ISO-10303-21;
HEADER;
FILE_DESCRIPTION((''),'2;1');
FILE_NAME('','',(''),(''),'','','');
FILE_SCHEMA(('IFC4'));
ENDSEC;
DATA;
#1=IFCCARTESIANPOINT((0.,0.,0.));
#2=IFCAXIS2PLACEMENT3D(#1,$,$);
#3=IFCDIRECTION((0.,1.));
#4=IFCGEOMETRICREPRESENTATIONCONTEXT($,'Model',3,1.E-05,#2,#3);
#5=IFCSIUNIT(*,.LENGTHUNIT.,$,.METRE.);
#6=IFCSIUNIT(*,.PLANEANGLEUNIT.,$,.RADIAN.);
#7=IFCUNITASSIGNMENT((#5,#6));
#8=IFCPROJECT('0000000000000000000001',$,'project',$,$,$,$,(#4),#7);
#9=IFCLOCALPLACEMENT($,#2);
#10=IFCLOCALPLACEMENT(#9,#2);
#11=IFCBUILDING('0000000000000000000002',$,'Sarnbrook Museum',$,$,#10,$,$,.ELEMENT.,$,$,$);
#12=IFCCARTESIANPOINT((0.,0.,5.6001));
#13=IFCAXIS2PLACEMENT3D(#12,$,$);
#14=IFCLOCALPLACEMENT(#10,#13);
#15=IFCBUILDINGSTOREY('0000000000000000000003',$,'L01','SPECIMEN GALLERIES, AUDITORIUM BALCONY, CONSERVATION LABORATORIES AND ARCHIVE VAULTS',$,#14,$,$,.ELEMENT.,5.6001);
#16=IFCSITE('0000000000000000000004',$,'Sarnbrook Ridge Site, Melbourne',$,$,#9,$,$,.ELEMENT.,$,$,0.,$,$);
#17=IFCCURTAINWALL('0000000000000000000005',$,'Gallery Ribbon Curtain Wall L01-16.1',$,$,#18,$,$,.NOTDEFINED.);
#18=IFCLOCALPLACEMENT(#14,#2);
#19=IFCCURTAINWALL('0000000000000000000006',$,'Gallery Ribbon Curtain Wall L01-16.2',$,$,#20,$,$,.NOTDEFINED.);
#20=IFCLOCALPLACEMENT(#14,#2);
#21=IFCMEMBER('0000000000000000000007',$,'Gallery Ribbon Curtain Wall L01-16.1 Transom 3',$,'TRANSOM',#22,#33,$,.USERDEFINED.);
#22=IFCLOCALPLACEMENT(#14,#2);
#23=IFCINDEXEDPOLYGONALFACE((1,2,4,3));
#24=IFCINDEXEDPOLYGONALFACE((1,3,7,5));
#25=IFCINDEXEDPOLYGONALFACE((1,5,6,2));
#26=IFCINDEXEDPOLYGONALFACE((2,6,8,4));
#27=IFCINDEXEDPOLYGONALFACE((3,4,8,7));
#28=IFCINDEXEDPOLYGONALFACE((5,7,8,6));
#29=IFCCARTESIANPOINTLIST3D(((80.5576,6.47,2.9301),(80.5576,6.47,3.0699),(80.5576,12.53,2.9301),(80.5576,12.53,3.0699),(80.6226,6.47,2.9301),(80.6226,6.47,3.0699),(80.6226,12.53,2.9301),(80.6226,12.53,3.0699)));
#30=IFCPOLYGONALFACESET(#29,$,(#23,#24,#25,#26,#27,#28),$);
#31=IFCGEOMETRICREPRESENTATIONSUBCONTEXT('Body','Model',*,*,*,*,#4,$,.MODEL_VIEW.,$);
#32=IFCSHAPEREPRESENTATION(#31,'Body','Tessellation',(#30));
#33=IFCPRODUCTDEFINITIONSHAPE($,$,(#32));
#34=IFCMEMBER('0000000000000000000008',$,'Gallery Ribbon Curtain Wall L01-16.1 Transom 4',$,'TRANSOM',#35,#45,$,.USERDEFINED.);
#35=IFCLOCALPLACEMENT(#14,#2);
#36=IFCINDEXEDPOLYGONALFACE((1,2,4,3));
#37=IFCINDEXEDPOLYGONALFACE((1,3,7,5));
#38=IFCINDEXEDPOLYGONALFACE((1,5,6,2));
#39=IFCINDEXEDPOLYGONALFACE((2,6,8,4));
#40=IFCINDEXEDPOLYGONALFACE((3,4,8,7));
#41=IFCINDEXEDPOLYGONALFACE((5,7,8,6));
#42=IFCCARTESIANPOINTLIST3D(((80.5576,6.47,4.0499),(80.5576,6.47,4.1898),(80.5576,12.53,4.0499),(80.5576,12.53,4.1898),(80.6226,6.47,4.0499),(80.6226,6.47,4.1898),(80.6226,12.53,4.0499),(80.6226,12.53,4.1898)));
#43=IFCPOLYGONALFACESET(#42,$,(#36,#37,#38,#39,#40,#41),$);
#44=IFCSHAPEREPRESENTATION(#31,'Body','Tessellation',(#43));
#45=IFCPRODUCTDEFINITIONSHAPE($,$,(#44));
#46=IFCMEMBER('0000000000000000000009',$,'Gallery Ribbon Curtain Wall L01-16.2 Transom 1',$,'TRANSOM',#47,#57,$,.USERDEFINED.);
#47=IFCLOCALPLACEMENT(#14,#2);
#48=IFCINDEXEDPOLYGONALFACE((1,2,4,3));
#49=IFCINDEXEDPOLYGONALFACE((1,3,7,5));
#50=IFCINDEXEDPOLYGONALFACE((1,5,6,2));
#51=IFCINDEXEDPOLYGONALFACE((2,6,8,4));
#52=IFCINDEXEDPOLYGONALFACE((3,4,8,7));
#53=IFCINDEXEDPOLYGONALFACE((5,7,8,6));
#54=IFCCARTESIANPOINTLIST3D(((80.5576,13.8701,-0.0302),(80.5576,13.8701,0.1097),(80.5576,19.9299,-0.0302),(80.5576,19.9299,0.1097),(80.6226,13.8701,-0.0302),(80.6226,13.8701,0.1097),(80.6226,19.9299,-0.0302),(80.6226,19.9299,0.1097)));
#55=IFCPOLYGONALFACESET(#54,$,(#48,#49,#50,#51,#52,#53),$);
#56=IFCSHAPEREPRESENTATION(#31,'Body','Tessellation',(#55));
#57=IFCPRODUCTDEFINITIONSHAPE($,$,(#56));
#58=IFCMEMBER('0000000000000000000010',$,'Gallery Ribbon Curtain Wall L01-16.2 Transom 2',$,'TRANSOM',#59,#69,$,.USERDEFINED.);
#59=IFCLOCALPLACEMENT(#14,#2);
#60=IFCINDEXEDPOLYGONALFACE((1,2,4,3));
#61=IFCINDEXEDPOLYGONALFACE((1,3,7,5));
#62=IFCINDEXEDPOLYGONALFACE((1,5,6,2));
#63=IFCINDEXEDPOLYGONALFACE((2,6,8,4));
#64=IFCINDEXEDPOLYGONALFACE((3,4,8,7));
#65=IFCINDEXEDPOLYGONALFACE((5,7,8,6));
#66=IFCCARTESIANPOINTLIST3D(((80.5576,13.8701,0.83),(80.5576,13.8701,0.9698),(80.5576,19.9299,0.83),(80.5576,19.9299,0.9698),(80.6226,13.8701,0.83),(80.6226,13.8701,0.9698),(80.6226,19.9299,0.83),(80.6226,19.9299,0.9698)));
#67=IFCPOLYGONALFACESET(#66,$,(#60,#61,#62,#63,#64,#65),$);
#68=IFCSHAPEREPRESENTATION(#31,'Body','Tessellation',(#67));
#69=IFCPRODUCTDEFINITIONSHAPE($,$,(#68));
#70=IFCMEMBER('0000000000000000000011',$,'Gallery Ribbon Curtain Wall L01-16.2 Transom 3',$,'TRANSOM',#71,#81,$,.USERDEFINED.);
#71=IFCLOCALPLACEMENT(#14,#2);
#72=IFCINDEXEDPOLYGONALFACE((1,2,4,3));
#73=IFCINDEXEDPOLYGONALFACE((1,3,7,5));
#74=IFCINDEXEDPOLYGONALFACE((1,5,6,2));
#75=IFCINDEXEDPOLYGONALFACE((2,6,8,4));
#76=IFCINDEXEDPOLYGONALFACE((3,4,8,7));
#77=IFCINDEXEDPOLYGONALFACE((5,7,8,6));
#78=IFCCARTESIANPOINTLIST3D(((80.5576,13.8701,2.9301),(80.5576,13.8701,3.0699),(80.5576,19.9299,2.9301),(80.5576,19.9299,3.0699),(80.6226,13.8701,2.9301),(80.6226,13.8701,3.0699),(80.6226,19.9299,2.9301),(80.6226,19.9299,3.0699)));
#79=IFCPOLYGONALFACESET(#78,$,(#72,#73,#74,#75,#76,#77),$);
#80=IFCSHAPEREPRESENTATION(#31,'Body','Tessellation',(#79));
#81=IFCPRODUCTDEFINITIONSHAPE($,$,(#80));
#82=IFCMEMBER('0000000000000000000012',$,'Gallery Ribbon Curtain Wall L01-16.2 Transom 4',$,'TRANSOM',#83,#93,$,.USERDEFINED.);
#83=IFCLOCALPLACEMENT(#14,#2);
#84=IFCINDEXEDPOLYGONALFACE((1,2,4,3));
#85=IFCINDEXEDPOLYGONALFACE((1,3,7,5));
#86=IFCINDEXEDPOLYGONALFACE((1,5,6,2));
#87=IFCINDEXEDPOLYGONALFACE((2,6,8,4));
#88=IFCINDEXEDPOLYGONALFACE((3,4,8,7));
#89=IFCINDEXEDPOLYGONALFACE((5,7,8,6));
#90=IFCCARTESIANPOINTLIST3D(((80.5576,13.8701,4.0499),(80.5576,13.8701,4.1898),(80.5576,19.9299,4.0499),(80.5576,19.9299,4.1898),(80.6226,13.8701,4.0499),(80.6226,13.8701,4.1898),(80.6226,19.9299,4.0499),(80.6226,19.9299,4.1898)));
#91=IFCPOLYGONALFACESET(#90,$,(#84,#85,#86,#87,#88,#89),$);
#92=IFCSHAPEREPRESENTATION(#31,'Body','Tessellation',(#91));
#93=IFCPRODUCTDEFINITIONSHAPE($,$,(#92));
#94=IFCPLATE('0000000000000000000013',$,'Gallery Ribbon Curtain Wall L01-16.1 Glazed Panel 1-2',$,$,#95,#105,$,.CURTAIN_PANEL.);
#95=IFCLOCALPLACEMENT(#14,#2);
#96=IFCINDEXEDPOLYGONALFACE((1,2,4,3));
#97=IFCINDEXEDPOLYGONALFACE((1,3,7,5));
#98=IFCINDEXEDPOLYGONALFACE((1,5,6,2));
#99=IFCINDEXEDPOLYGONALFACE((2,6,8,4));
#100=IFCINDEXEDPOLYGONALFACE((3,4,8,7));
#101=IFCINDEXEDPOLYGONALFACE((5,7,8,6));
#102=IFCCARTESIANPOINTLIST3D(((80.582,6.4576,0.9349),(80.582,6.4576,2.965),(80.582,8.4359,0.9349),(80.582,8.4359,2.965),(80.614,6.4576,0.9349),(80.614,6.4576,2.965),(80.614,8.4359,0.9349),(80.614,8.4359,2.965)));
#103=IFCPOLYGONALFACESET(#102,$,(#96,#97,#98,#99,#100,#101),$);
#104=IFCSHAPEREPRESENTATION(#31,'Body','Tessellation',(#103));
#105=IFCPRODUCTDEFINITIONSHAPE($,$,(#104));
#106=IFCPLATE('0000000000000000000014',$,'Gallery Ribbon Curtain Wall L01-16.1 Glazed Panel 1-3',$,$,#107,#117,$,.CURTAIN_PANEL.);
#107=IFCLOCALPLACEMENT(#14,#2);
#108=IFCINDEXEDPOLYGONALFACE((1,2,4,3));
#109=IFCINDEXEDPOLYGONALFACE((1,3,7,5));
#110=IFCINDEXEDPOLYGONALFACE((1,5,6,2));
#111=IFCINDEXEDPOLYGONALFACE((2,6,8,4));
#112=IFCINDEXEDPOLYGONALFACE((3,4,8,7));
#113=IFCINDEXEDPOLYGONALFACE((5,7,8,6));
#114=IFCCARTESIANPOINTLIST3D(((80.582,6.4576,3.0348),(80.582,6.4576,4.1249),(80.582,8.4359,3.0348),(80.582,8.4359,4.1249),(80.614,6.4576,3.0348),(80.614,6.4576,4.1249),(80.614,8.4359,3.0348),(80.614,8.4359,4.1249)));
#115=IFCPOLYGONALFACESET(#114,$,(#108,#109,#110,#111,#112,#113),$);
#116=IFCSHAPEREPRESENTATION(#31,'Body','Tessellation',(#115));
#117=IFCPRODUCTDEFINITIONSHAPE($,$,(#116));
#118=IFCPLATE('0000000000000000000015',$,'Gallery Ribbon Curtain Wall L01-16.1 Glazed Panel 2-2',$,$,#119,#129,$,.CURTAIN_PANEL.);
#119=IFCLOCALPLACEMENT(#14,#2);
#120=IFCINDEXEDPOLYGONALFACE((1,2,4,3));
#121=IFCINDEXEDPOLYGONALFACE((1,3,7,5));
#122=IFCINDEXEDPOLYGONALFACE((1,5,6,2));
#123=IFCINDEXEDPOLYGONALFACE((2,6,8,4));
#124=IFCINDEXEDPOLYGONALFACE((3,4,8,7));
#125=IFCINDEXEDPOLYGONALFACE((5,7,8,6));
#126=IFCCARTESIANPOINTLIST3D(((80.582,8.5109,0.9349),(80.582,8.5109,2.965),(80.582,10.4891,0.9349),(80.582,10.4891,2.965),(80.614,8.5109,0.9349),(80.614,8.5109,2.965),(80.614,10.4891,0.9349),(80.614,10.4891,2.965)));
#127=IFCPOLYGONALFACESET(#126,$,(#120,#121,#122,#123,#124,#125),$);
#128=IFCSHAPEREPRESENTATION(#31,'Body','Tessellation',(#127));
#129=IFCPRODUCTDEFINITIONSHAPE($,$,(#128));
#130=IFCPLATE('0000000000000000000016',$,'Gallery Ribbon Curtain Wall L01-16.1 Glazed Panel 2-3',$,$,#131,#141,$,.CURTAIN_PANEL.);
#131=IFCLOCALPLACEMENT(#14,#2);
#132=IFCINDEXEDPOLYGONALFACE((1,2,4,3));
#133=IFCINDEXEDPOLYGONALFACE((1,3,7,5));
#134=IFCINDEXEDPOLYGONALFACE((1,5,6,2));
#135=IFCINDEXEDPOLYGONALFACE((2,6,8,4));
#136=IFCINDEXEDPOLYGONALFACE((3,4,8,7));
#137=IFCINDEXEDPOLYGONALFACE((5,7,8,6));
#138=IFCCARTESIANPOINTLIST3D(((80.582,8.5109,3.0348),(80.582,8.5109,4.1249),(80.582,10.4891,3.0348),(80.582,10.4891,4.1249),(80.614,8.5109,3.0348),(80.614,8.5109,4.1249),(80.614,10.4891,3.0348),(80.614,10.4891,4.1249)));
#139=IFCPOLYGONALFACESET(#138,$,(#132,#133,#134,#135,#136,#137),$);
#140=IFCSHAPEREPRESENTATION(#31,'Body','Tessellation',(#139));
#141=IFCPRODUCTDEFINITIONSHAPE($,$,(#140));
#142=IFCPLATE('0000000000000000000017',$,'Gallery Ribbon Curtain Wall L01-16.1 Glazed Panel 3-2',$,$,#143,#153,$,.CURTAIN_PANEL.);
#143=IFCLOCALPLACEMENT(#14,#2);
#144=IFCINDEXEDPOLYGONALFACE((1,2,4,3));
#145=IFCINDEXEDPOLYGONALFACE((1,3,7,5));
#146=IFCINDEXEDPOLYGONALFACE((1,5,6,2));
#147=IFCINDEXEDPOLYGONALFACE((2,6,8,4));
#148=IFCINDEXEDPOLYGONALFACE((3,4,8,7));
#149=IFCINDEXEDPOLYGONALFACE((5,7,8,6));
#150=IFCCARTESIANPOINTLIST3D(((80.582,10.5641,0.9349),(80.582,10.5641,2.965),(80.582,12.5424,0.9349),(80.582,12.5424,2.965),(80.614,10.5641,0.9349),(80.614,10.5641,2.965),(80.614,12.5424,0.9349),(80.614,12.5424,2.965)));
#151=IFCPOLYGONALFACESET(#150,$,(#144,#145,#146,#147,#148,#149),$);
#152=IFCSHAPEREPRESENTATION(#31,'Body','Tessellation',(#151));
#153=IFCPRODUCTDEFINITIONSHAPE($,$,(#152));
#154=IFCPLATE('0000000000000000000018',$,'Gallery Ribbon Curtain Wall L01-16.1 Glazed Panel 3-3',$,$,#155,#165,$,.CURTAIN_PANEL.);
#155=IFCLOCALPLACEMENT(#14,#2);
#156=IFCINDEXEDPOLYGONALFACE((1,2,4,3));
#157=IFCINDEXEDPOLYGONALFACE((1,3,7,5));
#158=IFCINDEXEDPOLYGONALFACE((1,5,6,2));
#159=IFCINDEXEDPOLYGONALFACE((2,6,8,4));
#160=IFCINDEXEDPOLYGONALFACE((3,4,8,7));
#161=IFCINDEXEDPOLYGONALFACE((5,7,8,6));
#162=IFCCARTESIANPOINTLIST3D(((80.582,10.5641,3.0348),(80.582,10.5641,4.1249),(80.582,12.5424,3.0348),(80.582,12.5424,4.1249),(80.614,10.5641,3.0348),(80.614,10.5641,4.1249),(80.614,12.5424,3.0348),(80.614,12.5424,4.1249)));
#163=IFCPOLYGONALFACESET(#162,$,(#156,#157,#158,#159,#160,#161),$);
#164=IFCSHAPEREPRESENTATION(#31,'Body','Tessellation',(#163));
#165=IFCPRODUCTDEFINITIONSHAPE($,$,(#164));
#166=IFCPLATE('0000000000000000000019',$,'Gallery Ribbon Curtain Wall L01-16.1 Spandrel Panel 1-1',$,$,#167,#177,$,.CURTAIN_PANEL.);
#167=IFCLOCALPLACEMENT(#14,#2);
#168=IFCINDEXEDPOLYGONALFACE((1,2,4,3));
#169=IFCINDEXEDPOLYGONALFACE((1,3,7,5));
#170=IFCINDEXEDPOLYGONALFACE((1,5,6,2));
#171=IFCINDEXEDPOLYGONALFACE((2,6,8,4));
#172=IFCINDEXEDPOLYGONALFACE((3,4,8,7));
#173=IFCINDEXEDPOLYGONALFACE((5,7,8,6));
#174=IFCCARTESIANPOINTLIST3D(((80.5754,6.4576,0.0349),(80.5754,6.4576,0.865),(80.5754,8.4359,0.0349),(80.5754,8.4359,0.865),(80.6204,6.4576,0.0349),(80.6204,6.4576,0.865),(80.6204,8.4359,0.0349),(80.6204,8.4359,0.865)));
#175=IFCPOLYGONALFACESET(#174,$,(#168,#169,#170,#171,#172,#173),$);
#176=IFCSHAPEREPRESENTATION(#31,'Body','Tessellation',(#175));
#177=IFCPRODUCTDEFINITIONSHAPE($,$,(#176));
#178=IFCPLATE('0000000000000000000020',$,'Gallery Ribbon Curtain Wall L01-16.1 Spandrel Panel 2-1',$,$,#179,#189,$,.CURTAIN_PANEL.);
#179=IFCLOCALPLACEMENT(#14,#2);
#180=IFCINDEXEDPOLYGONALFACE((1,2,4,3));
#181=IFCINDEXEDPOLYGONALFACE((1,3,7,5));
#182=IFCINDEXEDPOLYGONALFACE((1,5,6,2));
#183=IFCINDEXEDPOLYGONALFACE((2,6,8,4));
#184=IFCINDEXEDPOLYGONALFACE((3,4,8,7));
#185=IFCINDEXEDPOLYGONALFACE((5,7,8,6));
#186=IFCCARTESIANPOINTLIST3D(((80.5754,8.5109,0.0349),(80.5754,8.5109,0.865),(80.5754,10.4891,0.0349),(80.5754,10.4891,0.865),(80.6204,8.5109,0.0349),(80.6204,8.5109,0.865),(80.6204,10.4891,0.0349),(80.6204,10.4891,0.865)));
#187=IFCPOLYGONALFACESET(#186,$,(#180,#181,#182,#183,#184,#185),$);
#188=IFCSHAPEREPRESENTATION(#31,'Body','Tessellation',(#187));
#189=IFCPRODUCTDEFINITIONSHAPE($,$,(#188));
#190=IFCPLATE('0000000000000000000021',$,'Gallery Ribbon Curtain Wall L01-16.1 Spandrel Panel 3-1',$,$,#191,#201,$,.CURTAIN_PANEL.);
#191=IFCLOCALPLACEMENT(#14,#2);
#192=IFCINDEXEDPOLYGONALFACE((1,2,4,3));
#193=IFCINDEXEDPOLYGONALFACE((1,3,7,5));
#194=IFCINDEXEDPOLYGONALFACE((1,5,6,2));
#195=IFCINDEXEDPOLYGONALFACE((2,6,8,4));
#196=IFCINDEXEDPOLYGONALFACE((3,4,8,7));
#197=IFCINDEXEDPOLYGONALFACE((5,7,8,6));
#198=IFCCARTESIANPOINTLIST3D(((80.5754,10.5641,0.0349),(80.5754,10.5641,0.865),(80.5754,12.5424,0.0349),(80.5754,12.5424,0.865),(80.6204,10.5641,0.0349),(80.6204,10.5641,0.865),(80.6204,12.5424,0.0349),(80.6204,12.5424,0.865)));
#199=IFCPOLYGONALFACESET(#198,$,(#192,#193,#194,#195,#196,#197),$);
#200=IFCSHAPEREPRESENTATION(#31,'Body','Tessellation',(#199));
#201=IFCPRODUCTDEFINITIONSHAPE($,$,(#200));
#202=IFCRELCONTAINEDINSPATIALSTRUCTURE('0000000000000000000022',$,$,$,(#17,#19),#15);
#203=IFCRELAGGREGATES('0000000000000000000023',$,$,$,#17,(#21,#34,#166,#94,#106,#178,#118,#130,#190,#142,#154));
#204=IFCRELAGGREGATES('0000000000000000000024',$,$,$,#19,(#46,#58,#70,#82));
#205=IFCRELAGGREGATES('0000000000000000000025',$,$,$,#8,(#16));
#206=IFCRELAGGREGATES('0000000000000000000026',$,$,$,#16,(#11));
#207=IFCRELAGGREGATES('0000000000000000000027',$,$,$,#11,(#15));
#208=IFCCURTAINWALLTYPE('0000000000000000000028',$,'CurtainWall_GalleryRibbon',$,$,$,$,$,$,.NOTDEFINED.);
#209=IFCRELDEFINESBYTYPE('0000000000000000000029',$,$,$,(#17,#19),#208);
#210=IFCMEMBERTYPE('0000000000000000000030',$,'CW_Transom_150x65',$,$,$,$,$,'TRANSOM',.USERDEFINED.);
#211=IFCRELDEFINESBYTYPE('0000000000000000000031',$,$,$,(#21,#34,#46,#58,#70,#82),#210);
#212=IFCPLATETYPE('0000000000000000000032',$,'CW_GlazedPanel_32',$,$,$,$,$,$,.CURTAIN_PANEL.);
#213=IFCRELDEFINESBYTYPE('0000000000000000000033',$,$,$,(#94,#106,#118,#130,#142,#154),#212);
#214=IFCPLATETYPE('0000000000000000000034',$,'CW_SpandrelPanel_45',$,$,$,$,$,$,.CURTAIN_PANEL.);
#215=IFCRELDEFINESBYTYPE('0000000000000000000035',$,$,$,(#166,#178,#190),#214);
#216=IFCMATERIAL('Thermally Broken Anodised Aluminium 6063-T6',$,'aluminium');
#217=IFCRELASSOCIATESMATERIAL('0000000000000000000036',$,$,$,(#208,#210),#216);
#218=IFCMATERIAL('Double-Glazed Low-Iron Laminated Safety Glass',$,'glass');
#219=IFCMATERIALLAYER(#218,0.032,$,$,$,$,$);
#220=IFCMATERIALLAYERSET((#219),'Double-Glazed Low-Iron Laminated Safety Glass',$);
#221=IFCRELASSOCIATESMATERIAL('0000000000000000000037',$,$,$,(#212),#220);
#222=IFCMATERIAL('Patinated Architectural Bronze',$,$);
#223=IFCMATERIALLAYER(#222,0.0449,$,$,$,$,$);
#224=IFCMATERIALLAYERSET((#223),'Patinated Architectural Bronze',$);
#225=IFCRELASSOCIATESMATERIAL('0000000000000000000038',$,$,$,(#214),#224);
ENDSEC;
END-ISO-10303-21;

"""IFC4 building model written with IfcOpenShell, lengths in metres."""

from ifc_helpers import new_model, si_unit, direction, frame, origin, origin_2d, place, context, subcontext, project, spatial, rectangle, extrude, material, layer, layer_set, material_profile, profile_set, type_object, element, aggregate, save


model = new_model("IFC4")

# Units and contexts
model_context = context("Model", 3, precision=1e-05, world=origin(), true_north=direction((0.0, 1.0)))
body_context = subcontext(model_context, "Body", "Model", "MODEL_VIEW")
ifc_project = project(units=[si_unit("LENGTHUNIT", "METRE"), si_unit("PLANEANGLEUNIT", "RADIAN")], contexts=[model_context])

# Site, building, storey
site_placement = place(None, origin())
site = spatial("IfcSite", under=ifc_project, at=site_placement, Name="Sarnbrook Ridge Site, Melbourne", CompositionType="ELEMENT", RefElevation=0.0)
building_placement = place(site_placement, origin())
building = spatial("IfcBuilding", under=site, at=building_placement, Name="Sarnbrook Museum", CompositionType="ELEMENT")
storey_placement = place(building_placement, frame((0.0, 0.0, 5.6001)))
storey = spatial("IfcBuildingStorey", under=building, at=storey_placement, Name="L01", Description="SPECIMEN GALLERIES, AUDITORIUM BALCONY, CONSERVATION LABORATORIES AND ARCHIVE VAULTS", CompositionType="ELEMENT", Elevation=5.6001)

# Curtain wall
ifc_material_1 = material(Name="Thermally Broken Anodised Aluminium 6063-T6", Category="aluminium")
curtain_wall_type = type_object("IfcCurtainWallType", Name="CurtainWall_GalleryRibbon", PredefinedType="NOTDEFINED", material=ifc_material_1)
curtain_wall_1_placement = place(storey_placement, origin())
curtain_wall_1 = element("IfcCurtainWall", 1, at=curtain_wall_1_placement, inside=storey, type_object=curtain_wall_type, Name="Gallery Ribbon Curtain Wall L01-16.1", PredefinedType="NOTDEFINED")

# Curtain wall
curtain_wall_2_placement = place(storey_placement, origin())
curtain_wall_2 = element("IfcCurtainWall", 2, at=curtain_wall_2_placement, inside=storey, type_object=curtain_wall_type, Name="Gallery Ribbon Curtain Wall L01-16.2", PredefinedType="NOTDEFINED")

# Members
ifc_material_profile_1 = material_profile(ifc_material_1, rectangle(XDim=0.0649, YDim=0.1399, at=origin_2d()), Name="ALU TRANSOM 65x140")
ifc_profile_set_1 = profile_set([ifc_material_profile_1], Name="Thermally Broken Anodised Aluminium 6063-T6")
member_type_1 = type_object("IfcMemberType", Name="CW_Transom_150x65", ElementType="TRANSOM", PredefinedType="USERDEFINED", material=ifc_profile_set_1)
member_1_placement = place(storey_placement, frame((80.5901, 6.47, 3.0), z_axis=(0.0, 1.0, 0.0), x_axis=(-1.0, 0.0, 0.0)))
member_1 = element("IfcMember", 3, at=member_1_placement, type_object=member_type_1, Name="Gallery Ribbon Curtain Wall L01-16.1 Transom 3", ObjectType="TRANSOM", PredefinedType="USERDEFINED", context=body_context, shape_type="SweptSolid", body=[
    extrude(rectangle(XDim=0.0649, YDim=0.1399, at=origin_2d()), origin(), (0.0, 0.0, 1.0), 6.0601),
])
member_2_placement = place(storey_placement, frame((80.5901, 6.47, 4.1199), z_axis=(0.0, 1.0, 0.0), x_axis=(-1.0, 0.0, 0.0)))
member_2 = element("IfcMember", 4, at=member_2_placement, type_object=member_type_1, Name="Gallery Ribbon Curtain Wall L01-16.1 Transom 4", ObjectType="TRANSOM", PredefinedType="USERDEFINED", context=body_context, shape_type="SweptSolid", body=[
    extrude(rectangle(XDim=0.0649, YDim=0.1399, at=origin_2d()), origin(), (0.0, 0.0, 1.0), 6.0601),
])
member_3_placement = place(storey_placement, frame((80.5901, 13.8701, 0.0398), z_axis=(0.0, 1.0, 0.0), x_axis=(-1.0, 0.0, 0.0)))
member_3 = element("IfcMember", 5, at=member_3_placement, type_object=member_type_1, Name="Gallery Ribbon Curtain Wall L01-16.2 Transom 1", ObjectType="TRANSOM", PredefinedType="USERDEFINED", context=body_context, shape_type="SweptSolid", body=[
    extrude(rectangle(XDim=0.0649, YDim=0.1399, at=origin_2d()), origin(), (0.0, 0.0, 1.0), 6.0598),
])
member_4_placement = place(storey_placement, frame((80.5901, 13.8701, 0.8999), z_axis=(0.0, 1.0, 0.0), x_axis=(-1.0, 0.0, 0.0)))
member_4 = element("IfcMember", 6, at=member_4_placement, type_object=member_type_1, Name="Gallery Ribbon Curtain Wall L01-16.2 Transom 2", ObjectType="TRANSOM", PredefinedType="USERDEFINED", context=body_context, shape_type="SweptSolid", body=[
    extrude(rectangle(XDim=0.0649, YDim=0.1399, at=origin_2d()), origin(), (0.0, 0.0, 1.0), 6.0598),
])
member_5_placement = place(storey_placement, frame((80.5901, 13.8701, 3.0), z_axis=(0.0, 1.0, 0.0), x_axis=(-1.0, 0.0, 0.0)))
member_5 = element("IfcMember", 7, at=member_5_placement, type_object=member_type_1, Name="Gallery Ribbon Curtain Wall L01-16.2 Transom 3", ObjectType="TRANSOM", PredefinedType="USERDEFINED", context=body_context, shape_type="SweptSolid", body=[
    extrude(rectangle(XDim=0.0649, YDim=0.1399, at=origin_2d()), origin(), (0.0, 0.0, 1.0), 6.0598),
])
member_6_placement = place(storey_placement, frame((80.5901, 13.8701, 4.1199), z_axis=(0.0, 1.0, 0.0), x_axis=(-1.0, 0.0, 0.0)))
member_6 = element("IfcMember", 8, at=member_6_placement, type_object=member_type_1, Name="Gallery Ribbon Curtain Wall L01-16.2 Transom 4", ObjectType="TRANSOM", PredefinedType="USERDEFINED", context=body_context, shape_type="SweptSolid", body=[
    extrude(rectangle(XDim=0.0649, YDim=0.1399, at=origin_2d()), origin(), (0.0, 0.0, 1.0), 6.0598),
])

# Plates
ifc_material_2 = material(Name="Double-Glazed Low-Iron Laminated Safety Glass", Category="glass")
ifc_layer_1 = layer(ifc_material_2, 0.032)
ifc_layer_set_1 = layer_set([ifc_layer_1], Name="Double-Glazed Low-Iron Laminated Safety Glass")
plate_type_1 = type_object("IfcPlateType", Name="CW_GlazedPanel_32", PredefinedType="CURTAIN_PANEL", material=ifc_layer_set_1)
plate_1_placement = place(storey_placement, frame((80.582, 7.4468, 1.95), z_axis=(1.0, 0.0, 0.0), x_axis=(0.0, 1.0, 0.0)))
plate_1 = element("IfcPlate", 9, at=plate_1_placement, type_object=plate_type_1, Name="Gallery Ribbon Curtain Wall L01-16.1 Glazed Panel 1-2", PredefinedType="CURTAIN_PANEL", context=body_context, shape_type="SweptSolid", body=[
    extrude(rectangle(XDim=1.9783, YDim=2.03, at=origin_2d()), origin(), (0.0, 0.0, 1.0), 0.032),
])
plate_2_placement = place(storey_placement, frame((80.582, 7.4468, 3.5798), z_axis=(1.0, 0.0, 0.0), x_axis=(0.0, 1.0, 0.0)))
plate_2 = element("IfcPlate", 10, at=plate_2_placement, type_object=plate_type_1, Name="Gallery Ribbon Curtain Wall L01-16.1 Glazed Panel 1-3", PredefinedType="CURTAIN_PANEL", context=body_context, shape_type="SweptSolid", body=[
    extrude(rectangle(XDim=1.9783, YDim=1.0901, at=origin_2d()), origin(), (0.0, 0.0, 1.0), 0.032),
])
plate_3_placement = place(storey_placement, frame((80.582, 9.5, 1.95), z_axis=(1.0, 0.0, 0.0), x_axis=(0.0, 1.0, 0.0)))
plate_3 = element("IfcPlate", 11, at=plate_3_placement, type_object=plate_type_1, Name="Gallery Ribbon Curtain Wall L01-16.1 Glazed Panel 2-2", PredefinedType="CURTAIN_PANEL", context=body_context, shape_type="SweptSolid", body=[
    extrude(rectangle(XDim=1.9783, YDim=2.03, at=origin_2d()), origin(), (0.0, 0.0, 1.0), 0.032),
])
plate_4_placement = place(storey_placement, frame((80.582, 9.5, 3.5798), z_axis=(1.0, 0.0, 0.0), x_axis=(0.0, 1.0, 0.0)))
plate_4 = element("IfcPlate", 12, at=plate_4_placement, type_object=plate_type_1, Name="Gallery Ribbon Curtain Wall L01-16.1 Glazed Panel 2-3", PredefinedType="CURTAIN_PANEL", context=body_context, shape_type="SweptSolid", body=[
    extrude(rectangle(XDim=1.9783, YDim=1.0901, at=origin_2d()), origin(), (0.0, 0.0, 1.0), 0.032),
])
plate_5_placement = place(storey_placement, frame((80.582, 11.5532, 1.95), z_axis=(1.0, 0.0, 0.0), x_axis=(0.0, 1.0, 0.0)))
plate_5 = element("IfcPlate", 13, at=plate_5_placement, type_object=plate_type_1, Name="Gallery Ribbon Curtain Wall L01-16.1 Glazed Panel 3-2", PredefinedType="CURTAIN_PANEL", context=body_context, shape_type="SweptSolid", body=[
    extrude(rectangle(XDim=1.9783, YDim=2.03, at=origin_2d()), origin(), (0.0, 0.0, 1.0), 0.032),
])
plate_6_placement = place(storey_placement, frame((80.582, 11.5532, 3.5798), z_axis=(1.0, 0.0, 0.0), x_axis=(0.0, 1.0, 0.0)))
plate_6 = element("IfcPlate", 14, at=plate_6_placement, type_object=plate_type_1, Name="Gallery Ribbon Curtain Wall L01-16.1 Glazed Panel 3-3", PredefinedType="CURTAIN_PANEL", context=body_context, shape_type="SweptSolid", body=[
    extrude(rectangle(XDim=1.9783, YDim=1.0901, at=origin_2d()), origin(), (0.0, 0.0, 1.0), 0.032),
])
ifc_material_3 = material(Name="Patinated Architectural Bronze")
ifc_layer_2 = layer(ifc_material_3, 0.0449)
ifc_layer_set_2 = layer_set([ifc_layer_2], Name="Patinated Architectural Bronze")
plate_type_2 = type_object("IfcPlateType", Name="CW_SpandrelPanel_45", PredefinedType="CURTAIN_PANEL", material=ifc_layer_set_2)
plate_7_placement = place(storey_placement, frame((80.5754, 7.4468, 0.45), z_axis=(1.0, 0.0, 0.0), x_axis=(0.0, 1.0, 0.0)))
plate_7 = element("IfcPlate", 15, at=plate_7_placement, type_object=plate_type_2, Name="Gallery Ribbon Curtain Wall L01-16.1 Spandrel Panel 1-1", PredefinedType="CURTAIN_PANEL", context=body_context, shape_type="SweptSolid", body=[
    extrude(rectangle(XDim=1.9783, YDim=0.8301, at=origin_2d()), origin(), (0.0, 0.0, 1.0), 0.0449),
])
plate_8_placement = place(storey_placement, frame((80.5754, 9.5, 0.45), z_axis=(1.0, 0.0, 0.0), x_axis=(0.0, 1.0, 0.0)))
plate_8 = element("IfcPlate", 16, at=plate_8_placement, type_object=plate_type_2, Name="Gallery Ribbon Curtain Wall L01-16.1 Spandrel Panel 2-1", PredefinedType="CURTAIN_PANEL", context=body_context, shape_type="SweptSolid", body=[
    extrude(rectangle(XDim=1.9783, YDim=0.8301, at=origin_2d()), origin(), (0.0, 0.0, 1.0), 0.0449),
])
plate_9_placement = place(storey_placement, frame((80.5754, 11.5532, 0.45), z_axis=(1.0, 0.0, 0.0), x_axis=(0.0, 1.0, 0.0)))
plate_9 = element("IfcPlate", 17, at=plate_9_placement, type_object=plate_type_2, Name="Gallery Ribbon Curtain Wall L01-16.1 Spandrel Panel 3-1", PredefinedType="CURTAIN_PANEL", context=body_context, shape_type="SweptSolid", body=[
    extrude(rectangle(XDim=1.9783, YDim=0.8301, at=origin_2d()), origin(), (0.0, 0.0, 1.0), 0.0449),
])
aggregate(curtain_wall_1, [member_1, member_2, plate_7, plate_1, plate_2, plate_8, plate_3, plate_4, plate_9, plate_5, plate_6])
aggregate(curtain_wall_2, [member_3, member_4, member_5, member_6])

save(model, "model.ifc")
